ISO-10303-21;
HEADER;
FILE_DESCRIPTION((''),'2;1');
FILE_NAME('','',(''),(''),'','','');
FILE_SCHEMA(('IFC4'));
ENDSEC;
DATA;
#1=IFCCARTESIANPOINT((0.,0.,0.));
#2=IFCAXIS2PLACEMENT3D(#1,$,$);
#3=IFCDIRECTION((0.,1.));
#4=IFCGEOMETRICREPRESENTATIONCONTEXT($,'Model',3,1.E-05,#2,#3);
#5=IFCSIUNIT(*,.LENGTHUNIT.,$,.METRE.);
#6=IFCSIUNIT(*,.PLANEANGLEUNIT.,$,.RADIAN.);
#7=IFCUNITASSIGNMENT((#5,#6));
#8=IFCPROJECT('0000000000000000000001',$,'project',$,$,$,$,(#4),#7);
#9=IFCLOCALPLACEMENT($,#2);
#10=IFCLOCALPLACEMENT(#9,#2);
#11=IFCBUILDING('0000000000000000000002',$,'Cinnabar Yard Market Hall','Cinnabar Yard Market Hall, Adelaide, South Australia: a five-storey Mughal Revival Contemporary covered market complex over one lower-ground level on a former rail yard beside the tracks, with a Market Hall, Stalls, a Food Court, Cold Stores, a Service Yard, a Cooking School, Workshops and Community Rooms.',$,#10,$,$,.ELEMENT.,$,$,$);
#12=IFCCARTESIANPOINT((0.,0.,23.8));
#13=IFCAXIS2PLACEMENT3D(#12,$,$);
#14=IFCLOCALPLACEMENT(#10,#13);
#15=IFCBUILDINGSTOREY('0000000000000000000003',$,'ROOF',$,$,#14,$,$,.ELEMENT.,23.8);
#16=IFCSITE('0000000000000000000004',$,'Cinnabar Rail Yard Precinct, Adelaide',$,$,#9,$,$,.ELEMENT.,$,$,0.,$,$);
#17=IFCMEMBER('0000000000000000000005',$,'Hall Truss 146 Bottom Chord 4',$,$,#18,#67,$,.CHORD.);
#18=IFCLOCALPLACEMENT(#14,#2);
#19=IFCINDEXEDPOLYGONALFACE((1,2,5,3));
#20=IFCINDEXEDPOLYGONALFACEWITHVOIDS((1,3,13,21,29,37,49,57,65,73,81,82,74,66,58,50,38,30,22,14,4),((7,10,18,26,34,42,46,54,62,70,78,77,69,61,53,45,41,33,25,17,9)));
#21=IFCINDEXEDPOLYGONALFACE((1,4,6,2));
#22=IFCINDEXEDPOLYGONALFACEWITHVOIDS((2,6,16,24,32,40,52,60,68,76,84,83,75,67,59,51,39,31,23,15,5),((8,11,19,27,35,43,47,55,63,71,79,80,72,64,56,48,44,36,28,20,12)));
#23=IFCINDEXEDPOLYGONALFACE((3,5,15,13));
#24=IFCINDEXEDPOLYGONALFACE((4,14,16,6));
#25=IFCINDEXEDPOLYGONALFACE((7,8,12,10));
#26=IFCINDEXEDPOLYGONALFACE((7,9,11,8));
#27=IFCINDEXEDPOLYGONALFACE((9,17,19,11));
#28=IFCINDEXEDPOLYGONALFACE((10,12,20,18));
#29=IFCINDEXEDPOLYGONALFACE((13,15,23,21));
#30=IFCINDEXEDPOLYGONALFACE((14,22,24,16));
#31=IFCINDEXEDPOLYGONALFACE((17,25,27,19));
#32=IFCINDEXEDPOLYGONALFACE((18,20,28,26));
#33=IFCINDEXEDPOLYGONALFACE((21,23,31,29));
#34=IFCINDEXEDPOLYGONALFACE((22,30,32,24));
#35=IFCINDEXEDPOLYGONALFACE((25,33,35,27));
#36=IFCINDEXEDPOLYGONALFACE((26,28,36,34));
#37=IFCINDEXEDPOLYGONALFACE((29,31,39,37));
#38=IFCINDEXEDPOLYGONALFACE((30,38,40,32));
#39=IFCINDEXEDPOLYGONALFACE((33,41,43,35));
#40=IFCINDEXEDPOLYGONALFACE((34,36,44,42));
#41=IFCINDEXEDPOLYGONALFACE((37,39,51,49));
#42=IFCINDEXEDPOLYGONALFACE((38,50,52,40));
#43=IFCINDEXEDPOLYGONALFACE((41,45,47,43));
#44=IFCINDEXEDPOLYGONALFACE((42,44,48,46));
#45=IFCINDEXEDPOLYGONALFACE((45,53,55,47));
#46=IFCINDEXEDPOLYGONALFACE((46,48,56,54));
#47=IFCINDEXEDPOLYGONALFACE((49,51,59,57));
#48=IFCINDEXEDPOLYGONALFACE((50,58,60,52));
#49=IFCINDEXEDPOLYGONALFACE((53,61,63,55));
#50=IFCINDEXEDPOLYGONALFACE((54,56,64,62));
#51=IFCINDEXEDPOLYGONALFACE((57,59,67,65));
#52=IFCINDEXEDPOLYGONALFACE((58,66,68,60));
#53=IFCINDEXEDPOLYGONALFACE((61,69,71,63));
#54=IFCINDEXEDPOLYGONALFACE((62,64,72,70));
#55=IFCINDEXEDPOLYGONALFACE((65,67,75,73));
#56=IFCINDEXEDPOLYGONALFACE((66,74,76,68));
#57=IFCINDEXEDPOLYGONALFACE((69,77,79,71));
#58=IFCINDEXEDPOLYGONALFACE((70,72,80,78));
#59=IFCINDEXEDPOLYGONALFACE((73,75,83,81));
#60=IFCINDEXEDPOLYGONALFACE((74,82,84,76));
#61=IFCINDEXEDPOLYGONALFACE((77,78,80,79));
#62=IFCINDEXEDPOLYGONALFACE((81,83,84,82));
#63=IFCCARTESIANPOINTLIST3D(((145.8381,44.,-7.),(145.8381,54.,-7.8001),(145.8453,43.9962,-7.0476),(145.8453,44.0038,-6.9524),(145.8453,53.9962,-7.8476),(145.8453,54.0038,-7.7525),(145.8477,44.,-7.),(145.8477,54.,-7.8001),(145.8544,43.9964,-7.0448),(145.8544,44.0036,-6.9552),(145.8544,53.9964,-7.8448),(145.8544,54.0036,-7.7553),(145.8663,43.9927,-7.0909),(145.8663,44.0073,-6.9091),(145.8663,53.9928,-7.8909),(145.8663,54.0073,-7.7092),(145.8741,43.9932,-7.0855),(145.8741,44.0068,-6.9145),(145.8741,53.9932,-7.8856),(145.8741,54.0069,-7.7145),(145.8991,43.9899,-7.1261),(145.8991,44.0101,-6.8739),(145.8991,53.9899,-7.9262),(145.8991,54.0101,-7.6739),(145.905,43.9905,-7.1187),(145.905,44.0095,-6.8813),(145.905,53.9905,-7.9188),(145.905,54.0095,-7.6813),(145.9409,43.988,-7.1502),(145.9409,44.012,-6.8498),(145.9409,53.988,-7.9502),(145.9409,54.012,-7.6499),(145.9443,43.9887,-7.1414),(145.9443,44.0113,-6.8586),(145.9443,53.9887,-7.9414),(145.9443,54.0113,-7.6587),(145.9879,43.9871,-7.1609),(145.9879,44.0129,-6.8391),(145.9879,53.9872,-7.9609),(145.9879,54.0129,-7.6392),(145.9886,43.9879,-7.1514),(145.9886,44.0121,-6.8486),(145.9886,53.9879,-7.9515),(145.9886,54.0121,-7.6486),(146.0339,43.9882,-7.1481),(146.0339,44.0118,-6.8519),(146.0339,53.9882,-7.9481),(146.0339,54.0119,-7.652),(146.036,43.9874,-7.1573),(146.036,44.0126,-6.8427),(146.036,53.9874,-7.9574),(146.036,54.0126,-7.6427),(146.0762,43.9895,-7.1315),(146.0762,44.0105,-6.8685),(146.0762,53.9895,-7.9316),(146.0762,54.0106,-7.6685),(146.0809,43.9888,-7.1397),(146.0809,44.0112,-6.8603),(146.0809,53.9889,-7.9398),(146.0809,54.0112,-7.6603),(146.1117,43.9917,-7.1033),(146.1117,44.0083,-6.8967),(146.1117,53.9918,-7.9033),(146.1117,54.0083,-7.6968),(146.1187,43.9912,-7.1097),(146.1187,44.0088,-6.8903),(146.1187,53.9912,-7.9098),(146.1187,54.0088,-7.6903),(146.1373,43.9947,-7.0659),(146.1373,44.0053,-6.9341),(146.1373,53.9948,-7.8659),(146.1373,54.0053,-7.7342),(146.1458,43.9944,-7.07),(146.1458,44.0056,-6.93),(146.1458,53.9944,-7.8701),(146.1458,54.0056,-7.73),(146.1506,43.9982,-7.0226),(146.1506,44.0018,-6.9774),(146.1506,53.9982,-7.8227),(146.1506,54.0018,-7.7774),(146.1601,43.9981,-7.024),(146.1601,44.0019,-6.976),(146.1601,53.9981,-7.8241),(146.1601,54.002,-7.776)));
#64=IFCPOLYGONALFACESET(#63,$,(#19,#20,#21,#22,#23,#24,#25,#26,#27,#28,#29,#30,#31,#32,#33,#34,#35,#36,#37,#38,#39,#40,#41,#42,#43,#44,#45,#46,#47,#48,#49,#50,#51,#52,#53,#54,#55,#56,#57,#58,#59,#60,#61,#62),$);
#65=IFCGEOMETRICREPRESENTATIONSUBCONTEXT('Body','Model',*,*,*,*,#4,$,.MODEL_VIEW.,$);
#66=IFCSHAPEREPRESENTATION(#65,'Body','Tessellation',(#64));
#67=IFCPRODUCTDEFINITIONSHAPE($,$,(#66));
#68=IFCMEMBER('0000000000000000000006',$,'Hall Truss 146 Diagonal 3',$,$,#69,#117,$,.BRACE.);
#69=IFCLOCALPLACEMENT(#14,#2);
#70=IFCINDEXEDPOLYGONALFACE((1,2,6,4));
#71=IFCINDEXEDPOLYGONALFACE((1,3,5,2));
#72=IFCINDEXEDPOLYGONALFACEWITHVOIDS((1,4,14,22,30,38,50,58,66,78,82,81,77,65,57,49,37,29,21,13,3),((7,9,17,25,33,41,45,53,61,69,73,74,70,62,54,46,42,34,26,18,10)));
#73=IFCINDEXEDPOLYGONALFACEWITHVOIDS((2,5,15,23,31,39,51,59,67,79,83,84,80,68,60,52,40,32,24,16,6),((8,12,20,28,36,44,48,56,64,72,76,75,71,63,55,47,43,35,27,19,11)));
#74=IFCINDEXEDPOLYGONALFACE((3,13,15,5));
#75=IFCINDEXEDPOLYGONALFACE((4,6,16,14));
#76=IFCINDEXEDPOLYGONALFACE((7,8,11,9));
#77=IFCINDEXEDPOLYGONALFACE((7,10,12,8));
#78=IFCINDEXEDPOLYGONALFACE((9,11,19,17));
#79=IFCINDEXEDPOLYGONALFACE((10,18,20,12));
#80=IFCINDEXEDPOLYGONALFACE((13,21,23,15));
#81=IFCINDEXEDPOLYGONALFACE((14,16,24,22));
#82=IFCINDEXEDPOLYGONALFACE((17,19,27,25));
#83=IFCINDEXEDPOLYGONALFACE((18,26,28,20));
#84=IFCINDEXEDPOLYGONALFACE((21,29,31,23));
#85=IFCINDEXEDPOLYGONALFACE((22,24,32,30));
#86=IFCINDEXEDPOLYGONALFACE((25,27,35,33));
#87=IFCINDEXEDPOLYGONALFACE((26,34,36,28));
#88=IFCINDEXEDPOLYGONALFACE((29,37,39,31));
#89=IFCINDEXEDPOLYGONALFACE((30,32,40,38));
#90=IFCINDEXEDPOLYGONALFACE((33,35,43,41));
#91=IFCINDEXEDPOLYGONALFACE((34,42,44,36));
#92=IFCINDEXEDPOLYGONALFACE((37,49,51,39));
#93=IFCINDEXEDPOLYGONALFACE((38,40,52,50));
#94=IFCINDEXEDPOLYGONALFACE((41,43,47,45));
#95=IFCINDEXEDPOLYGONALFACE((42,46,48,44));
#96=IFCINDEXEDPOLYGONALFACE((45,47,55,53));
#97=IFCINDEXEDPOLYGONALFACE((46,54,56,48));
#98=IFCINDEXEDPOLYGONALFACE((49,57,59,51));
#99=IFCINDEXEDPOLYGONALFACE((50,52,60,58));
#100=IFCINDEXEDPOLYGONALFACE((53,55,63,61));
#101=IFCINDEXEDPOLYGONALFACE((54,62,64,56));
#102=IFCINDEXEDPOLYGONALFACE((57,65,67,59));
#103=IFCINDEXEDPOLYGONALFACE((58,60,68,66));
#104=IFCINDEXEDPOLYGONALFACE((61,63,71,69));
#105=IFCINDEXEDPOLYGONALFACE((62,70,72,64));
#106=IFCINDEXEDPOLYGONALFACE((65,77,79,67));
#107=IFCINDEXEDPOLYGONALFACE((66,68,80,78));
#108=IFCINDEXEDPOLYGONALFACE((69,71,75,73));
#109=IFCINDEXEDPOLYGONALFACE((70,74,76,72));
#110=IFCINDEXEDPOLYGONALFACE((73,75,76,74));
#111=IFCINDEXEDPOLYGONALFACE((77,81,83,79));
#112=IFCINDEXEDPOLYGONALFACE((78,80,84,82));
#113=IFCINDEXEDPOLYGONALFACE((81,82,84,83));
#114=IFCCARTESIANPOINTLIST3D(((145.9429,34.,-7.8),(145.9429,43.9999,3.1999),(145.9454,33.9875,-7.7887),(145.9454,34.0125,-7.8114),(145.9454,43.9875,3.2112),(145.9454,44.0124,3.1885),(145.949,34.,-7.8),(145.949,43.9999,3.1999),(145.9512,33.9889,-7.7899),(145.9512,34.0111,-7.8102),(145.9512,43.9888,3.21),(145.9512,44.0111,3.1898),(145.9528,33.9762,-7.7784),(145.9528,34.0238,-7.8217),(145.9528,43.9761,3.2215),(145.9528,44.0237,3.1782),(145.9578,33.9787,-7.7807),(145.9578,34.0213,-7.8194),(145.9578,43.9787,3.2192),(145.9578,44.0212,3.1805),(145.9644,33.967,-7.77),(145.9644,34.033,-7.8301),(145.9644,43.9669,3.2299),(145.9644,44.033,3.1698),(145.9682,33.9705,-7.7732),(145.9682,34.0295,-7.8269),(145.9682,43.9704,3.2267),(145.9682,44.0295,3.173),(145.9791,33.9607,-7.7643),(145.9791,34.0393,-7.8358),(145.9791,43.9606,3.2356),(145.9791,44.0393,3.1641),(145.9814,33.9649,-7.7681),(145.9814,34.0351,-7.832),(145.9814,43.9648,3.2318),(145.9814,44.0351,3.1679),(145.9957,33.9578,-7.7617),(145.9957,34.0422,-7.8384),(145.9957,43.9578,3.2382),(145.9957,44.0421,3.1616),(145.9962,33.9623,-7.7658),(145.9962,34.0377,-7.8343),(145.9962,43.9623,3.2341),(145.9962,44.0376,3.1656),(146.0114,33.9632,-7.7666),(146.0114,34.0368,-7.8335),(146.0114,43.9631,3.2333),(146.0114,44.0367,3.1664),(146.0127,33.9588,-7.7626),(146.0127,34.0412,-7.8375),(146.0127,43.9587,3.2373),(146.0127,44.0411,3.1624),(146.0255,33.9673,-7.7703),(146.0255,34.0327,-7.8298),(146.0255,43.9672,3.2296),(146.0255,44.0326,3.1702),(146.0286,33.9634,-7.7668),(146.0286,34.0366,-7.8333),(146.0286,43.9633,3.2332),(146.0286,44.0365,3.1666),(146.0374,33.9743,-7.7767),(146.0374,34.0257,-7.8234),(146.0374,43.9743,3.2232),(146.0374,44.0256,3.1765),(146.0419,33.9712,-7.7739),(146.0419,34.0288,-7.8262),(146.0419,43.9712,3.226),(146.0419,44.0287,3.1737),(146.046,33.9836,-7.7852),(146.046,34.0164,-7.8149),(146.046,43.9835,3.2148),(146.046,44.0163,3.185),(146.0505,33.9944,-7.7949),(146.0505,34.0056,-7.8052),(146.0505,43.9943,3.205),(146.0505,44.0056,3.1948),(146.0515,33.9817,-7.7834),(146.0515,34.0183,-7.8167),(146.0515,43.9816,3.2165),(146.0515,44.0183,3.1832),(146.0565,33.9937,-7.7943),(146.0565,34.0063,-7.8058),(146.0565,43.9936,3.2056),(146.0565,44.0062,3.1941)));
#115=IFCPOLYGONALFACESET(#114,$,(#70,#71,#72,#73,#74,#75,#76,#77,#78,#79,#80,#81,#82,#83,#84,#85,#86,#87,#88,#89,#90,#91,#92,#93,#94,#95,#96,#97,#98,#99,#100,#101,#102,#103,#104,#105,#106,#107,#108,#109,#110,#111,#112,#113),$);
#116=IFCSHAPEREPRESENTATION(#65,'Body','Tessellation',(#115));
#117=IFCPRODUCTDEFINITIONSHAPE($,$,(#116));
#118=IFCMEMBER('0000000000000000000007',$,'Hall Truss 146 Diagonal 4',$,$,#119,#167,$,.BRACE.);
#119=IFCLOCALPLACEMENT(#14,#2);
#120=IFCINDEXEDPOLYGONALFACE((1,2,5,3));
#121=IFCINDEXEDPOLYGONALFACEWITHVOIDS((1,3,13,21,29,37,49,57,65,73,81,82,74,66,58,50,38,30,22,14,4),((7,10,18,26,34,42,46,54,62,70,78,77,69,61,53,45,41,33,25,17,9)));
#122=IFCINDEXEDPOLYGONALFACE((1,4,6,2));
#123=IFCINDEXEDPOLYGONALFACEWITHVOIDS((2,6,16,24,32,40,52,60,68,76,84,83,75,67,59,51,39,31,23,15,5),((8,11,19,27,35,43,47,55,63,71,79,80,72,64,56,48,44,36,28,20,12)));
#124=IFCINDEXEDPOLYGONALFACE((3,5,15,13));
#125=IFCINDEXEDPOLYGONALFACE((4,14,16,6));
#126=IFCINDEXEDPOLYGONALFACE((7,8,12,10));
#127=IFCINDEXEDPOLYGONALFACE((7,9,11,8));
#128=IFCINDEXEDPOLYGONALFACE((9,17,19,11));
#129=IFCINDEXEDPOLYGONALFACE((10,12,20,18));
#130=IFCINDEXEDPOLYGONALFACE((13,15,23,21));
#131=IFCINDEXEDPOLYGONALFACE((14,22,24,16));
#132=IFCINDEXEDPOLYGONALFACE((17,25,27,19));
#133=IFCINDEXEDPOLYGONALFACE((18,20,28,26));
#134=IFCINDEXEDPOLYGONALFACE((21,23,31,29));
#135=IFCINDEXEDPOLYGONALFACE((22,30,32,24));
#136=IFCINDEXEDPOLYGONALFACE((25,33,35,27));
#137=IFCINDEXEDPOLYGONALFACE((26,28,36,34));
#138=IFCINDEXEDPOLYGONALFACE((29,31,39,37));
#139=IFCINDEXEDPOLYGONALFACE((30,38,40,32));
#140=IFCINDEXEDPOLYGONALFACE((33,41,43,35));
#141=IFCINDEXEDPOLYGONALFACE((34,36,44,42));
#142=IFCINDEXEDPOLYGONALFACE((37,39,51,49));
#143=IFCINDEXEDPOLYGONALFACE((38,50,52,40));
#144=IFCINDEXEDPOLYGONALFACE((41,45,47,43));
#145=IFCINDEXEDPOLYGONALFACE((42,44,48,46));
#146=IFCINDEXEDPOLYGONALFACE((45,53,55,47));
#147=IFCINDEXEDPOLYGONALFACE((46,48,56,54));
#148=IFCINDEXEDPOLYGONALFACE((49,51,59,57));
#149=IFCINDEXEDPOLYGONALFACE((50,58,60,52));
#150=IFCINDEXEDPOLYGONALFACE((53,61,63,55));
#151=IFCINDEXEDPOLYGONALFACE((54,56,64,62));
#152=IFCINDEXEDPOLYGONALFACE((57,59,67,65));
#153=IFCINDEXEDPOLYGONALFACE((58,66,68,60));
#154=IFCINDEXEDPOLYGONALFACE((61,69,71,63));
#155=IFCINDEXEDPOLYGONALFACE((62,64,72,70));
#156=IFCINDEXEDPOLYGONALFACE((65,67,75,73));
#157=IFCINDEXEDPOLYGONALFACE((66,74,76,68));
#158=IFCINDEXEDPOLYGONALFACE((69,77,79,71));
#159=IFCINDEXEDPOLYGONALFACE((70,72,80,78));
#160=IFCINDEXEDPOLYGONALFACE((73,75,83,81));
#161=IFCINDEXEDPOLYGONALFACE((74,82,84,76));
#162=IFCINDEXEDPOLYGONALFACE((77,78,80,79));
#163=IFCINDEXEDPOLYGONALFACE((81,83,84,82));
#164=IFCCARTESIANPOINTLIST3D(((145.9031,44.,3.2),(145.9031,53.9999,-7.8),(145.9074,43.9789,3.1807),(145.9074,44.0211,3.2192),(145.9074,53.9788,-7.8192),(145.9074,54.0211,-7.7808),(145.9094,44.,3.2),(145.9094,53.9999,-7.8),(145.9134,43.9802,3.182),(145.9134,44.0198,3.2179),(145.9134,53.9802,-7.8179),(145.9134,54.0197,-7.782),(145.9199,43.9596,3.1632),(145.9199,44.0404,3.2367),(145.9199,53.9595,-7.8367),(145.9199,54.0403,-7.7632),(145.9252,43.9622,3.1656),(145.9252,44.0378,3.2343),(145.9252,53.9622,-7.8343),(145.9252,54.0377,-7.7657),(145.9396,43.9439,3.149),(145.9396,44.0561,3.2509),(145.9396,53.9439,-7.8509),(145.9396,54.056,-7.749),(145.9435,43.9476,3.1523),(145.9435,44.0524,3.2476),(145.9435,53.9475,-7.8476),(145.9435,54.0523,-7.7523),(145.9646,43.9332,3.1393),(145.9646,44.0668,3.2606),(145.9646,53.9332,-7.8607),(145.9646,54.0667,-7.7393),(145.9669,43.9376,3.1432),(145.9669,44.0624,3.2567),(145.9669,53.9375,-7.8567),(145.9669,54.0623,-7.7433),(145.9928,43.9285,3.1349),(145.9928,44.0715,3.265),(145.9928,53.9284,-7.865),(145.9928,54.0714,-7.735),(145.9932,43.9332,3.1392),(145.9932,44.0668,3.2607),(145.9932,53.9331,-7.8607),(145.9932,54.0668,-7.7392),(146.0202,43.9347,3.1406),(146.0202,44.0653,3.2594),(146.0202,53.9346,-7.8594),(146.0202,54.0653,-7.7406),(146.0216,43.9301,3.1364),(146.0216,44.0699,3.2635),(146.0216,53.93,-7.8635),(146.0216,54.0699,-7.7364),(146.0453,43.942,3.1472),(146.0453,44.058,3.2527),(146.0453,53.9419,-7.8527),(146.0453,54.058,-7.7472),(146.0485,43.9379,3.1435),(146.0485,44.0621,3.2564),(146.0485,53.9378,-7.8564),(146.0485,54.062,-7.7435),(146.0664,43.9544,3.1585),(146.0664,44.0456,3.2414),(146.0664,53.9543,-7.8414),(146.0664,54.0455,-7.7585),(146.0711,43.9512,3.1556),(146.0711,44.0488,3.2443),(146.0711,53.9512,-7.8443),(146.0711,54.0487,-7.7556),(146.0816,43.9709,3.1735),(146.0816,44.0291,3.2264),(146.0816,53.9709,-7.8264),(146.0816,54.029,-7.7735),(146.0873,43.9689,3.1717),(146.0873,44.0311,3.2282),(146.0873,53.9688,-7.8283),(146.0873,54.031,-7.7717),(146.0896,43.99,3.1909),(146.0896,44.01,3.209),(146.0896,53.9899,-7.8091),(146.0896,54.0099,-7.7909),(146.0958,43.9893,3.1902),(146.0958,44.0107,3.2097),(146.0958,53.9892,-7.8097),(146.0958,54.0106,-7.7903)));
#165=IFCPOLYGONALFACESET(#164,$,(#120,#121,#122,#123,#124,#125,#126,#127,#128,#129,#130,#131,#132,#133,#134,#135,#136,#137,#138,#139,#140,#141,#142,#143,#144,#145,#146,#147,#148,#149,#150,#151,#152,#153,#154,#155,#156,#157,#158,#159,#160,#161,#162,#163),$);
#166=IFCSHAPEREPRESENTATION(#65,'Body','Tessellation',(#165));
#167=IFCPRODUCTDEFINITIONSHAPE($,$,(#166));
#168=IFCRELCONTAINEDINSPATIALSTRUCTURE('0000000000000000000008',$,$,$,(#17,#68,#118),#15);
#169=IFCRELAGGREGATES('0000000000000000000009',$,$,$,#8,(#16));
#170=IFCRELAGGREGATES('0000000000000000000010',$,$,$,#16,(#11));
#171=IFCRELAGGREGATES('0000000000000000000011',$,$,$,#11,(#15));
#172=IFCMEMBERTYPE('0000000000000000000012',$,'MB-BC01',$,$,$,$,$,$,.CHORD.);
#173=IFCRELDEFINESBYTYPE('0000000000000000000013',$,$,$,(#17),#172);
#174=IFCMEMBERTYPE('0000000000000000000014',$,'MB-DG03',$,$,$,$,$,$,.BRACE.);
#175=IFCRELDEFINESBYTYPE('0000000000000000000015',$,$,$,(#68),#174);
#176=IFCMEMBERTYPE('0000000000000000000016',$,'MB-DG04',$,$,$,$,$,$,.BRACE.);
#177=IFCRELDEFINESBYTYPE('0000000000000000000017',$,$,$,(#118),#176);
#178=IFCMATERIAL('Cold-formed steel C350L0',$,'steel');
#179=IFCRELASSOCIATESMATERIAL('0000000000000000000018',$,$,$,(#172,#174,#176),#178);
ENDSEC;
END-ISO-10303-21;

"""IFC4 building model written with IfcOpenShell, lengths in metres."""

from ifc_helpers import new_model, si_unit, direction, frame, origin, origin_2d_with_axis, place, context, subcontext, project, spatial, hollow_circle, extrude, material, material_profile, profile_set, type_object, element, save


model = new_model("IFC4")

# Units and contexts
model_context = context("Model", 3, precision=1e-05, world=origin(), true_north=direction((0.0, 1.0)))
body_context = subcontext(model_context, "Body", "Model", "MODEL_VIEW")
ifc_project = project(units=[si_unit("LENGTHUNIT", "METRE"), si_unit("PLANEANGLEUNIT", "RADIAN")], contexts=[model_context])

# Site, building, storey
site_placement = place(None, origin())
site = spatial("IfcSite", under=ifc_project, at=site_placement, Name="Cinnabar Rail Yard Precinct, Adelaide", CompositionType="ELEMENT", RefElevation=0.0)
building_placement = place(site_placement, origin())
building = spatial("IfcBuilding", under=site, at=building_placement, Name="Cinnabar Yard Market Hall", Description="Cinnabar Yard Market Hall, Adelaide, South Australia: a five-storey Mughal Revival Contemporary covered market complex over one lower-ground level on a former rail yard beside the tracks, with a Market Hall, Stalls, a Food Court, Cold Stores, a Service Yard, a Cooking School, Workshops and Community Rooms.", CompositionType="ELEMENT")
storey_placement = place(building_placement, frame((0.0, 0.0, 23.8)))
storey = spatial("IfcBuildingStorey", under=building, at=storey_placement, Name="ROOF", CompositionType="ELEMENT", Elevation=23.8)

# Shared definitions
ifc_material_1 = material(Name="Cold-formed steel C350L0", Category="steel")

# Members
ifc_material_profile_1 = material_profile(ifc_material_1, hollow_circle(Radius=0.1619, WallThickness=0.0095, at=origin_2d_with_axis()), Name="323.9x9.5CHS")
ifc_profile_set_1 = profile_set([ifc_material_profile_1], Name="Cold-formed steel C350L0")
member_type_1 = type_object("IfcMemberType", Name="MB-BC01", PredefinedType="CHORD", material=ifc_profile_set_1)
for number, where, z_axis, x_axis, name in (
    (1, (146.0, 44.0, -7.0), (0.0, 0.996815, -0.07975), (-1.0, 0.0, 0.0), "Hall Truss 146 Bottom Chord 4"),
):
    element("IfcMember", number, at=place(storey_placement, frame(where, z_axis=z_axis, x_axis=x_axis)), inside=storey, type_object=member_type_1, Name=name, PredefinedType="CHORD", context=body_context, shape_type="SweptSolid", body=[
        extrude(hollow_circle(Radius=0.1619, WallThickness=0.0095, at=origin_2d_with_axis()), origin(), (0.0, 0.0, 1.0), 10.032),
    ])
ifc_material_profile_2 = material_profile(ifc_material_1, hollow_circle(Radius=0.0571, WallThickness=0.0061, at=origin_2d_with_axis()), Name="114.3x6.0CHS")
ifc_profile_set_2 = profile_set([ifc_material_profile_2], Name="Cold-formed steel C350L0")
member_type_2 = type_object("IfcMemberType", Name="MB-DG03", PredefinedType="BRACE", material=ifc_profile_set_2)
member_1_placement = place(storey_placement, frame((146.0, 34.0, -7.8), z_axis=(0.0, 0.672673, 0.73994), x_axis=(-1.0, 0.0, 0.0)))
element("IfcMember", 2, at=member_1_placement, inside=storey, type_object=member_type_2, Name="Hall Truss 146 Diagonal 3", PredefinedType="BRACE", context=body_context, shape_type="SweptSolid", body=[
    extrude(hollow_circle(Radius=0.0571, WallThickness=0.0061, at=origin_2d_with_axis()), origin(), (0.0, 0.0, 1.0), 14.866),
])
ifc_material_profile_3 = material_profile(ifc_material_1, hollow_circle(Radius=0.0969, WallThickness=0.0063, at=origin_2d_with_axis()), Name="193.7x6.4CHS")
ifc_profile_set_3 = profile_set([ifc_material_profile_3], Name="Cold-formed steel C350L0")
member_type_3 = type_object("IfcMemberType", Name="MB-DG04", PredefinedType="BRACE", material=ifc_profile_set_3)
member_2_placement = place(storey_placement, frame((146.0, 44.0, 3.2), z_axis=(0.0, 0.672673, -0.73994), x_axis=(-1.0, 0.0, 0.0)))
element("IfcMember", 3, at=member_2_placement, inside=storey, type_object=member_type_3, Name="Hall Truss 146 Diagonal 4", PredefinedType="BRACE", context=body_context, shape_type="SweptSolid", body=[
    extrude(hollow_circle(Radius=0.0969, WallThickness=0.0063, at=origin_2d_with_axis()), origin(), (0.0, 0.0, 1.0), 14.866),
])

save(model, "model.ifc")
